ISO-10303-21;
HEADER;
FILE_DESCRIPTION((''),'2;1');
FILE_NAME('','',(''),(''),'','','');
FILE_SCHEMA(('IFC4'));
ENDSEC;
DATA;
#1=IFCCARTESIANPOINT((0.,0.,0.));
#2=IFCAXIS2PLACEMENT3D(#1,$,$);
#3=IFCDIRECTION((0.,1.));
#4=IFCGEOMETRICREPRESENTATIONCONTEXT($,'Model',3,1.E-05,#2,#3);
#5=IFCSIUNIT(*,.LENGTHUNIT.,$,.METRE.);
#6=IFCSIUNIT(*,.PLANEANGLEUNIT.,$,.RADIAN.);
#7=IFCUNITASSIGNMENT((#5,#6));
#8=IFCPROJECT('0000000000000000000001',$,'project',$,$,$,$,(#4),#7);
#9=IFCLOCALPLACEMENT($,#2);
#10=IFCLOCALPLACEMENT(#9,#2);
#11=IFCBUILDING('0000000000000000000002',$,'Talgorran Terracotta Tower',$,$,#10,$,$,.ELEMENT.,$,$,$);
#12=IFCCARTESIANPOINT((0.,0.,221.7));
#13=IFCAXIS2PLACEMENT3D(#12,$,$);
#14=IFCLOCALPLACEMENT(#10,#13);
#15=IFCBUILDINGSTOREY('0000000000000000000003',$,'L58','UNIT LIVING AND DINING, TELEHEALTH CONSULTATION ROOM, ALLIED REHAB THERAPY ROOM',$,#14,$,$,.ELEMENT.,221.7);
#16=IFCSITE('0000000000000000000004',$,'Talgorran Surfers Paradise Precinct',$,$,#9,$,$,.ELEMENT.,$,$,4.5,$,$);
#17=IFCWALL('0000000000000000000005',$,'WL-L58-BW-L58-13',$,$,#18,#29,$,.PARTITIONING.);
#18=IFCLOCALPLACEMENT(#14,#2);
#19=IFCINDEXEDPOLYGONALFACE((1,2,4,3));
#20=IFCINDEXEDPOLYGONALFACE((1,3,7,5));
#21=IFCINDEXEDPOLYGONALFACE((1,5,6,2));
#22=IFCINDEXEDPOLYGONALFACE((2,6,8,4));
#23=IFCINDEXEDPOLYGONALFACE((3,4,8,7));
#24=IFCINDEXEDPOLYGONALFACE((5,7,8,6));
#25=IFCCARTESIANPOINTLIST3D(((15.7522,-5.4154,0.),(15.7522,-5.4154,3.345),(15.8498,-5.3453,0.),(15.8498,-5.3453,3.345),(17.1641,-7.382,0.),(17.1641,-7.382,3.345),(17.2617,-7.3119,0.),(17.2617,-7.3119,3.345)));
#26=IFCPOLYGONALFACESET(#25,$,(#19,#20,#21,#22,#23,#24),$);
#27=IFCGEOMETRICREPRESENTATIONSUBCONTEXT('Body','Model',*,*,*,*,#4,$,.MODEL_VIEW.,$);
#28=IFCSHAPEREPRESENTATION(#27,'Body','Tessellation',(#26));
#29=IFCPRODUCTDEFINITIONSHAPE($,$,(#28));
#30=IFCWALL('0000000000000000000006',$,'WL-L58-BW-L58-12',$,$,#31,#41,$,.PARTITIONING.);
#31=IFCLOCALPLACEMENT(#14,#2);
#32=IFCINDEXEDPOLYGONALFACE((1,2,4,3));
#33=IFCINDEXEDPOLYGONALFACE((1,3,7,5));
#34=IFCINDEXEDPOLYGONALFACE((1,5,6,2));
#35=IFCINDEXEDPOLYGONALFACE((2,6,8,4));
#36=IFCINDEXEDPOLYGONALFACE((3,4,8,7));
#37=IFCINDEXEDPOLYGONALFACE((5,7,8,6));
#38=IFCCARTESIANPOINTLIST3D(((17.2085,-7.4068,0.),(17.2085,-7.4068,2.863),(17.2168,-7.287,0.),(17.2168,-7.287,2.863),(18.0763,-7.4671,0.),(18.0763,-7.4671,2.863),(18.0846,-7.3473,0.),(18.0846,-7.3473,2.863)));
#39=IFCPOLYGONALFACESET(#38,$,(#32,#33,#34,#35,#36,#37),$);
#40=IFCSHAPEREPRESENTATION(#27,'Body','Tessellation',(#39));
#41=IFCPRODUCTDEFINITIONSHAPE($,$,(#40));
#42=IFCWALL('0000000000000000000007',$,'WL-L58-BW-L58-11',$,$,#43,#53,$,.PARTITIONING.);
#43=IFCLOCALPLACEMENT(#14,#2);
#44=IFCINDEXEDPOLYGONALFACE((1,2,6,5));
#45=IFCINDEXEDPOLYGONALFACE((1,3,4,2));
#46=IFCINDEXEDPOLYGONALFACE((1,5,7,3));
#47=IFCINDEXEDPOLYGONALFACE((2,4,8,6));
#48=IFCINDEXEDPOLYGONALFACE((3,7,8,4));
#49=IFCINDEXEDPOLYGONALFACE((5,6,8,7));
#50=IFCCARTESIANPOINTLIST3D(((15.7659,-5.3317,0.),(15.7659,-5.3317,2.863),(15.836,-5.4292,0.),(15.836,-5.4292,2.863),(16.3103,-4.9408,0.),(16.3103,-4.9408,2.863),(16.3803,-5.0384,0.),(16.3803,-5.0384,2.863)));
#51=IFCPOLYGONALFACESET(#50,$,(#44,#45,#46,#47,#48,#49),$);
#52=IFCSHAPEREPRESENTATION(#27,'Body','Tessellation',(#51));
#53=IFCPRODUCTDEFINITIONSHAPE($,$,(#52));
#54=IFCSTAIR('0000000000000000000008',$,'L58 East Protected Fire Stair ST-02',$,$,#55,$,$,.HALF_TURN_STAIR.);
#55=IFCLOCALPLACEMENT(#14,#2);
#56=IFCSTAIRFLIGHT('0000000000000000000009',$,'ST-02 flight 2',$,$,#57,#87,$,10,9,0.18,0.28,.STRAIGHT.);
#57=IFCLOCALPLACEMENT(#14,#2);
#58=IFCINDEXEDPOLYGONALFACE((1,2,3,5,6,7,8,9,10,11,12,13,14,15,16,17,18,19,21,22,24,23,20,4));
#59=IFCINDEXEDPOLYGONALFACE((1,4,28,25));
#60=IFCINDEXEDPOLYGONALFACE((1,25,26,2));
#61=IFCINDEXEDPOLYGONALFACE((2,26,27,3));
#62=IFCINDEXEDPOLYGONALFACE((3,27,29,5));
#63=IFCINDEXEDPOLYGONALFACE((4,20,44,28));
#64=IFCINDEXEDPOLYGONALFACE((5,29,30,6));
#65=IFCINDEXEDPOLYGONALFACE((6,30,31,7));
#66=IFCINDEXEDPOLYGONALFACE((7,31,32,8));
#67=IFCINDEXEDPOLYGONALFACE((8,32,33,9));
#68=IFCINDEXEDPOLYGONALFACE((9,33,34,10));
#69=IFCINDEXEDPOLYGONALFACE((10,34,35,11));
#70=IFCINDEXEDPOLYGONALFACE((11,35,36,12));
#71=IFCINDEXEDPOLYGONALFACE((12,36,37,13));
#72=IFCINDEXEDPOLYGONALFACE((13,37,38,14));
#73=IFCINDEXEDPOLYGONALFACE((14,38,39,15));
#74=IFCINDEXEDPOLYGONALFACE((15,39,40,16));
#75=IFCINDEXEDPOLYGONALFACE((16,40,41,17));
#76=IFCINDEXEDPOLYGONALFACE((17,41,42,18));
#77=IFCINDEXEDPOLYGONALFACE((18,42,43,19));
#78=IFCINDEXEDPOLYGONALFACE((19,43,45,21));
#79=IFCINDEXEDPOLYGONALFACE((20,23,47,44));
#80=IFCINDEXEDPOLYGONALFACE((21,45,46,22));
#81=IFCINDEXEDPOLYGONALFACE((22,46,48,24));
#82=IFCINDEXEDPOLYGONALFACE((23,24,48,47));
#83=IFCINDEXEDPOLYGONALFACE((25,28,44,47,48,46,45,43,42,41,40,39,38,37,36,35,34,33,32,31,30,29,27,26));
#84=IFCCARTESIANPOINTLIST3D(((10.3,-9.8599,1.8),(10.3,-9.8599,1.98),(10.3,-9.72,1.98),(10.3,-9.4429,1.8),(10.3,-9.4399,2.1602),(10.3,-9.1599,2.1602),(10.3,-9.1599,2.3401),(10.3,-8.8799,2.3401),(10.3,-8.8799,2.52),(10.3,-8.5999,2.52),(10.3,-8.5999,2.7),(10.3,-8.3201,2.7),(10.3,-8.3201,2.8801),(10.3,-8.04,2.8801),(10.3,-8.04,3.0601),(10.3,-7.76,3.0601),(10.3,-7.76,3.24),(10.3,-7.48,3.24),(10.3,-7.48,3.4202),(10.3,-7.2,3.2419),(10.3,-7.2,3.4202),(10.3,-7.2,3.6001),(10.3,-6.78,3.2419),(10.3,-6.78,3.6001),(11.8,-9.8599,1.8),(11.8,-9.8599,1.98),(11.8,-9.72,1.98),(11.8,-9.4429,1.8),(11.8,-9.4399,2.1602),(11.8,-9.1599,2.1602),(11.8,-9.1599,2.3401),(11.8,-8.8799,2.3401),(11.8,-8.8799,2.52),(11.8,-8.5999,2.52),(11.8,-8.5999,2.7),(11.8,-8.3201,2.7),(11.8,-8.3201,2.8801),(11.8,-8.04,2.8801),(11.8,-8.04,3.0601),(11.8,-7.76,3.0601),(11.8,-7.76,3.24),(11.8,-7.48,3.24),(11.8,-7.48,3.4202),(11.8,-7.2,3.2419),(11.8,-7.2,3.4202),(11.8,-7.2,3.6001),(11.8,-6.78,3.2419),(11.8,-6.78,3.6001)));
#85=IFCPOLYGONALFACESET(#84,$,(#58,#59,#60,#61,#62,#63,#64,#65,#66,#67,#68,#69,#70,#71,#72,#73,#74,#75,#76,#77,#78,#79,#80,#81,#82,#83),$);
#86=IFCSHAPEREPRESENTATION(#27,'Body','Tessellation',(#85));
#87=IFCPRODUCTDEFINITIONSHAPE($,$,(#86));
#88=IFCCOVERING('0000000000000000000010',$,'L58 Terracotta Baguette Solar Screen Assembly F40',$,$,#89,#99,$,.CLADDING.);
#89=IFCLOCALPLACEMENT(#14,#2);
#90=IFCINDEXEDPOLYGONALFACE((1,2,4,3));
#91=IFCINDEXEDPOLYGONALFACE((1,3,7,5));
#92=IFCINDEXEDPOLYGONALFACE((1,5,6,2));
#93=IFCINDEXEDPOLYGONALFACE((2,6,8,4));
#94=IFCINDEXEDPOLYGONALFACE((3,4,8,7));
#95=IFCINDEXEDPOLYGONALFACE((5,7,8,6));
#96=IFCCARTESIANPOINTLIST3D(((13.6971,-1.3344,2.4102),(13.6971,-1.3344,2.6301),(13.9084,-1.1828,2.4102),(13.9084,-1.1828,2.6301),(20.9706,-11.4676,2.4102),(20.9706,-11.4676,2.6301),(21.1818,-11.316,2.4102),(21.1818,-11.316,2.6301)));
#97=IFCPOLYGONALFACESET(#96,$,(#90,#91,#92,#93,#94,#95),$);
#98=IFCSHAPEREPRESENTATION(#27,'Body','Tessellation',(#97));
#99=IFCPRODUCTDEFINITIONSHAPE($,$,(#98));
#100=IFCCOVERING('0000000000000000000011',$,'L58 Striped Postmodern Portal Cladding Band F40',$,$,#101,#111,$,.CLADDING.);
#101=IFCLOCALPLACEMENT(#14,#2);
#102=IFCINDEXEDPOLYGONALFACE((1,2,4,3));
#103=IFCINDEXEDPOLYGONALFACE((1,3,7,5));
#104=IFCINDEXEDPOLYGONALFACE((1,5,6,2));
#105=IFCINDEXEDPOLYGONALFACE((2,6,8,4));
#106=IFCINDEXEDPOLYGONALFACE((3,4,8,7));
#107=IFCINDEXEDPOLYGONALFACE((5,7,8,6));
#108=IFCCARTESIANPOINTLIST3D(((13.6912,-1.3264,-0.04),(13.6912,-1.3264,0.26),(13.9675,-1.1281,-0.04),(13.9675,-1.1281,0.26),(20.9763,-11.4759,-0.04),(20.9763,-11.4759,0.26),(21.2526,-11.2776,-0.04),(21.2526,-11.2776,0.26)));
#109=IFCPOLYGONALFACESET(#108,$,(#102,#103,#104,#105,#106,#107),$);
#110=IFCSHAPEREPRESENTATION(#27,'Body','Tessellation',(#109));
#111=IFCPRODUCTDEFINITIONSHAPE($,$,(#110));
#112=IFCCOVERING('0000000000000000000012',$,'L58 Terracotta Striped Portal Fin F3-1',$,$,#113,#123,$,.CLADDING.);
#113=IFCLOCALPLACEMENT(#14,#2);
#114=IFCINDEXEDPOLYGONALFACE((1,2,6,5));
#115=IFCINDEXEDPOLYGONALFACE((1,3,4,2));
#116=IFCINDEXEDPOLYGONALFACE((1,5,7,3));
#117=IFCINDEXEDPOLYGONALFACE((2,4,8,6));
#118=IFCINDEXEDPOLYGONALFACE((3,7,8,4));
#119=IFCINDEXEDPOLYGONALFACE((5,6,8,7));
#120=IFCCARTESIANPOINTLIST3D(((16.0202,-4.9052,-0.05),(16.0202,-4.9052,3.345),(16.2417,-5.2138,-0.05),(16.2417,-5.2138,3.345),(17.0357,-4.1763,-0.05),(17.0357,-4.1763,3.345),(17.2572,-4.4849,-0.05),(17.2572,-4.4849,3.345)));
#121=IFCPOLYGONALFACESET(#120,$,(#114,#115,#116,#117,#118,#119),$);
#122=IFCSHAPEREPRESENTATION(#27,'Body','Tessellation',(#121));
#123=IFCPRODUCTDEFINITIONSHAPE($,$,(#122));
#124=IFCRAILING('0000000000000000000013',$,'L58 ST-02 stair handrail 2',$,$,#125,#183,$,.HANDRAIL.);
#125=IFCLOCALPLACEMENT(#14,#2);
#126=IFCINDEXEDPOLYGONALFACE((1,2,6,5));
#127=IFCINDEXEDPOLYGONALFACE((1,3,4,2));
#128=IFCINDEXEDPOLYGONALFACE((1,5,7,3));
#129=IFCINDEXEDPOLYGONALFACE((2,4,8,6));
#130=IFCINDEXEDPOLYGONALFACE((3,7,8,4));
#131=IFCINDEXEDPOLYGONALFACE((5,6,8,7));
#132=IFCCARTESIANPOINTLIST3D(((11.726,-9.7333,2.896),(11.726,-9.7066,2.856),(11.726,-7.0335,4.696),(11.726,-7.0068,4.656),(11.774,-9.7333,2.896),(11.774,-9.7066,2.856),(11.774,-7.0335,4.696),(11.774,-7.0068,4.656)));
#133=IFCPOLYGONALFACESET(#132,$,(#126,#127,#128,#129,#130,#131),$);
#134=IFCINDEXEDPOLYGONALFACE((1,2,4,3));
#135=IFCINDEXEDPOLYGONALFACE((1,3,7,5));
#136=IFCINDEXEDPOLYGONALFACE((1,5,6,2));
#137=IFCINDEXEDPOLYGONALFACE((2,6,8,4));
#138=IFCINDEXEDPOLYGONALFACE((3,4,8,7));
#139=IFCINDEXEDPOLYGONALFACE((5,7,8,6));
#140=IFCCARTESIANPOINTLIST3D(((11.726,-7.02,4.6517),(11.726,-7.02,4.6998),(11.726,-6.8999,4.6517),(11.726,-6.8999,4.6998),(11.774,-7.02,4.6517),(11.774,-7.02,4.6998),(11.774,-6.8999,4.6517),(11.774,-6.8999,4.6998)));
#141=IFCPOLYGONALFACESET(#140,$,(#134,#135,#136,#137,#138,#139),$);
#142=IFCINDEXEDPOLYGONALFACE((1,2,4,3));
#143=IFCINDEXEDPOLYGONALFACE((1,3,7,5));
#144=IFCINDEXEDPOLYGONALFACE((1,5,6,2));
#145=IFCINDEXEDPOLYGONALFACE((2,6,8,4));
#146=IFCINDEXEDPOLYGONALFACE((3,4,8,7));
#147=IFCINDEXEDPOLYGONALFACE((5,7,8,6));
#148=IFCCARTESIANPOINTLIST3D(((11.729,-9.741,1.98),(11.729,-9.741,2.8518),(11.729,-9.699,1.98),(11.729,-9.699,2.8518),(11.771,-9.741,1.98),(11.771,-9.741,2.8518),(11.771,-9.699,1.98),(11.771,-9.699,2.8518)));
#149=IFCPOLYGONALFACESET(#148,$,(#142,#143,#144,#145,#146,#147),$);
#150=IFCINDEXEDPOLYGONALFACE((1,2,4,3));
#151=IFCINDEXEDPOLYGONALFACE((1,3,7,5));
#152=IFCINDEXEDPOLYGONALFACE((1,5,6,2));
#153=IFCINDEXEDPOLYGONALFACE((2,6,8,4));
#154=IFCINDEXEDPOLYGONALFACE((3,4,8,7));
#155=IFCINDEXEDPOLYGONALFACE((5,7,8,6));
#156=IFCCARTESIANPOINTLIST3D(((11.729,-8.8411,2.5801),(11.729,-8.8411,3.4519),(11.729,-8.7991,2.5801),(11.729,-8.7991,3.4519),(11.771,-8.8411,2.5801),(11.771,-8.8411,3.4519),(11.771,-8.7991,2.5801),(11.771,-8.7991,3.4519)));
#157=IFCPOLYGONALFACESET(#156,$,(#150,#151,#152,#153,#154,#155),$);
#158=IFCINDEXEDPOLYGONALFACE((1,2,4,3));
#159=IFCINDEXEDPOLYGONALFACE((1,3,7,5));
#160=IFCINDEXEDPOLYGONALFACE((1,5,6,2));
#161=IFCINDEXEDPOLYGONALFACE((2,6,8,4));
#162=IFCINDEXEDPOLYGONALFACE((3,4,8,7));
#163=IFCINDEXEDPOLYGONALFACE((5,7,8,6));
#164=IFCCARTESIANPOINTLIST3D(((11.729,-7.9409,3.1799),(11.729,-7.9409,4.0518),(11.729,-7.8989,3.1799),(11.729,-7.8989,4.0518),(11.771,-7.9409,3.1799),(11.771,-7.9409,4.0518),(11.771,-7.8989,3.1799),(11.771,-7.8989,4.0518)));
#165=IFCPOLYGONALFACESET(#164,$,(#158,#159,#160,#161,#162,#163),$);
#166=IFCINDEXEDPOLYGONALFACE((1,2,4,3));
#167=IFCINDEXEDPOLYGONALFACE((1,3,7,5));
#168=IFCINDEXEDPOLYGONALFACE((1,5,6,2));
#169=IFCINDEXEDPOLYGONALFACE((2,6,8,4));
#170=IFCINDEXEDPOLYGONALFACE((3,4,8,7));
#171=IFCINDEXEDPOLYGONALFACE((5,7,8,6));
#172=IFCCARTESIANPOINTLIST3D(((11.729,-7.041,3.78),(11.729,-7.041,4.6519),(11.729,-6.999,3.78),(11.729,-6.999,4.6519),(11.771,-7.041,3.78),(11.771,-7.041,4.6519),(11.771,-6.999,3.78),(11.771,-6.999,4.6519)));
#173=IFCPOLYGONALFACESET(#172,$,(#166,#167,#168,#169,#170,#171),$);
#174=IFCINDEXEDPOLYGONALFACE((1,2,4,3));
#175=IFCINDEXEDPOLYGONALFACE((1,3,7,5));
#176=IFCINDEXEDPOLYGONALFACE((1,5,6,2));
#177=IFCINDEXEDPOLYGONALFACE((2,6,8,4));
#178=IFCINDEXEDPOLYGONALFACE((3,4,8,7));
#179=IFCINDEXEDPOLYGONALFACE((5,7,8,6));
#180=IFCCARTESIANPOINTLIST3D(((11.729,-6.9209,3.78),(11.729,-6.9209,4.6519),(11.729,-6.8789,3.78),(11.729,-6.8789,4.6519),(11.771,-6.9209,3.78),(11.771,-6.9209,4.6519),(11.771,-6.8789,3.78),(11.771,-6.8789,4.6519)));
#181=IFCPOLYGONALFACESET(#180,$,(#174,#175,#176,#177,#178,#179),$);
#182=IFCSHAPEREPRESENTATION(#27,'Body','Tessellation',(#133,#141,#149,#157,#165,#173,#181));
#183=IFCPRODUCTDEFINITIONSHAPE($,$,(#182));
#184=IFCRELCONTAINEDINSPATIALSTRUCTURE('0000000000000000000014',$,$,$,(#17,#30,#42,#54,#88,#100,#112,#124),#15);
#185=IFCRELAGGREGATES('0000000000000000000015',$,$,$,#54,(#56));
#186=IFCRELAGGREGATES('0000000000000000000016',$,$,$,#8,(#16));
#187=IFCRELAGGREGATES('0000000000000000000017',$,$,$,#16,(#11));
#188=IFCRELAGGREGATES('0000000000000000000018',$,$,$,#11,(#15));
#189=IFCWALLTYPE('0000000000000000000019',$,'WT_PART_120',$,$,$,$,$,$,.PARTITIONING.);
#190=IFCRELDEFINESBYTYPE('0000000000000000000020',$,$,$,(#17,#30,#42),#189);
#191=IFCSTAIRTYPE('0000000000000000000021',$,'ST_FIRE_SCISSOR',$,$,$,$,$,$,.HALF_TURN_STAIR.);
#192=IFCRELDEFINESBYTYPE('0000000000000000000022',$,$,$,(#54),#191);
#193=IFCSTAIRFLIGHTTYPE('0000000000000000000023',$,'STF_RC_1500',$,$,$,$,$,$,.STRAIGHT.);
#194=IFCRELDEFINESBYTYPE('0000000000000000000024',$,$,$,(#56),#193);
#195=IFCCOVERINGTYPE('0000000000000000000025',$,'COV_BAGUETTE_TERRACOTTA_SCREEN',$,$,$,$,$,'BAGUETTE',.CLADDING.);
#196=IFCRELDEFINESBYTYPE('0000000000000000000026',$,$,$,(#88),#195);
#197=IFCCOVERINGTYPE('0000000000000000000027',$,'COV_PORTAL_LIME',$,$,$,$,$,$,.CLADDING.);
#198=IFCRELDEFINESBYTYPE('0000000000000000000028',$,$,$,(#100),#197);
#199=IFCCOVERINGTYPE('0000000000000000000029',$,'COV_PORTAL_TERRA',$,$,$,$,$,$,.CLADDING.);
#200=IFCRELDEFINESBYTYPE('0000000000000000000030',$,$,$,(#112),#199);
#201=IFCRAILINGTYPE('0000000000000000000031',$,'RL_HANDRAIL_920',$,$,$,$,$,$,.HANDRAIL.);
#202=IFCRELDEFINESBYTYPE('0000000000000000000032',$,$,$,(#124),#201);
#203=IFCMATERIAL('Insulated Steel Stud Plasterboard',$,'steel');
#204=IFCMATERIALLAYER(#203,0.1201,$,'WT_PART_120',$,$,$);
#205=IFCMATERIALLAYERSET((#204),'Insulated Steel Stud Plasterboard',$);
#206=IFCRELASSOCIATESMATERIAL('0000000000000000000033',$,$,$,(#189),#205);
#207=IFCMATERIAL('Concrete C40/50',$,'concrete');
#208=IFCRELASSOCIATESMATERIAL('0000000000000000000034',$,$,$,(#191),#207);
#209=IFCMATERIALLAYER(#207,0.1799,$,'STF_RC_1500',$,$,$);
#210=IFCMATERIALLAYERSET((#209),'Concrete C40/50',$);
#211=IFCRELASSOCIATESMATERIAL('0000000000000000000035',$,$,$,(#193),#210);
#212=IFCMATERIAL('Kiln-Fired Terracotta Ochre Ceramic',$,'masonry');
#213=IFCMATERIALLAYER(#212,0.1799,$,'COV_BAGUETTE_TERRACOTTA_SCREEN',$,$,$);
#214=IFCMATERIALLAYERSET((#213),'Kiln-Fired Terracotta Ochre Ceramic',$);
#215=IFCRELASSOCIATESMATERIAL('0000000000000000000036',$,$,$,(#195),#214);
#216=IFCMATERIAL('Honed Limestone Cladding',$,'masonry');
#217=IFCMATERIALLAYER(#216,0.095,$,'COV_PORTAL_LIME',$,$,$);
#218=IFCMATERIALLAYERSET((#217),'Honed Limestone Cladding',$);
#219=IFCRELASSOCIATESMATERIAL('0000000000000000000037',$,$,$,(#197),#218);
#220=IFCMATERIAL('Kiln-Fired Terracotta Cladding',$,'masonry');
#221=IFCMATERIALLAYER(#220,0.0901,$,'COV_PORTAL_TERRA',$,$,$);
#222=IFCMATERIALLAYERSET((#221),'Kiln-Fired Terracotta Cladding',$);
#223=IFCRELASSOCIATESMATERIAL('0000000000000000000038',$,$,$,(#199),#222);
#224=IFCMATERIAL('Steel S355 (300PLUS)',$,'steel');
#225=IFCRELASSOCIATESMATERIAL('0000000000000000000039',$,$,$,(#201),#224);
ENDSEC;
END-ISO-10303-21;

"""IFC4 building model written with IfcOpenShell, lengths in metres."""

from ifc_helpers import new_model, si_unit, direction, frame, frame_2d, origin, origin_2d, place, context, subcontext, project, spatial, polyline, rectangle, outline, extrude, material, layer, layer_set, type_object, element, aggregate, save


model = new_model("IFC4")

# Units and contexts
model_context = context("Model", 3, precision=1e-05, world=origin(), true_north=direction((0.0, 1.0)))
body_context = subcontext(model_context, "Body", "Model", "MODEL_VIEW")
ifc_project = project(units=[si_unit("LENGTHUNIT", "METRE"), si_unit("PLANEANGLEUNIT", "RADIAN")], contexts=[model_context])

# Site, building, storey
site_placement = place(None, origin())
site = spatial("IfcSite", under=ifc_project, at=site_placement, Name="Talgorran Surfers Paradise Precinct", CompositionType="ELEMENT", RefElevation=4.5)
building_placement = place(site_placement, origin())
building = spatial("IfcBuilding", under=site, at=building_placement, Name="Talgorran Terracotta Tower", CompositionType="ELEMENT")
storey_placement = place(building_placement, frame((0.0, 0.0, 221.7)))
storey = spatial("IfcBuildingStorey", under=building, at=storey_placement, Name="L58", Description="UNIT LIVING AND DINING, TELEHEALTH CONSULTATION ROOM, ALLIED REHAB THERAPY ROOM", CompositionType="ELEMENT", Elevation=221.7)

# Walls
ifc_material_1 = material(Name="Insulated Steel Stud Plasterboard", Category="steel")
ifc_layer_1 = layer(ifc_material_1, 0.1201, Name="WT_PART_120")
ifc_layer_set_1 = layer_set([ifc_layer_1], Name="Insulated Steel Stud Plasterboard")
wall_type = type_object("IfcWallType", Name="WT_PART_120", PredefinedType="PARTITIONING", material=ifc_layer_set_1)
wall_1_placement = place(storey_placement, frame((17.2129, -7.3469, 0.0), z_axis=(0.0, 0.0, 1.0), x_axis=(-0.583202, 0.812327, 0.0)))
element("IfcWall", 1, at=wall_1_placement, inside=storey, type_object=wall_type, Name="WL-L58-BW-L58-13", PredefinedType="PARTITIONING", context=body_context, shape_type="SweptSolid", body=[
    extrude(rectangle(XDim=2.4209, YDim=0.1201, at=frame_2d((1.2104, 0.0))), origin(), (0.0, 0.0, 1.0), 3.345),
])
wall_2_placement = place(storey_placement, frame((18.0806, -7.4072, 0.0), z_axis=(0.0, 0.0, 1.0), x_axis=(-0.997594, 0.069332, 0.0)))
element("IfcWall", 2, at=wall_2_placement, inside=storey, type_object=wall_type, Name="WL-L58-BW-L58-12", PredefinedType="PARTITIONING", context=body_context, shape_type="SweptSolid", body=[
    extrude(rectangle(XDim=0.8699, YDim=0.1201, at=frame_2d((0.4351, 0.0))), origin(), (0.0, 0.0, 1.0), 2.863),
])
wall_3_placement = place(storey_placement, frame((15.801, -5.3804, 0.0), z_axis=(0.0, 0.0, 1.0), x_axis=(0.812328, 0.583201, 0.0)))
element("IfcWall", 3, at=wall_3_placement, inside=storey, type_object=wall_type, Name="WL-L58-BW-L58-11", PredefinedType="PARTITIONING", context=body_context, shape_type="SweptSolid", body=[
    extrude(rectangle(XDim=0.6702, YDim=0.1201, at=frame_2d((0.335, 0.0))), origin(), (0.0, 0.0, 1.0), 2.863),
])

# Stair, stair flight
ifc_material_2 = material(Name="Concrete C40/50", Category="concrete")
stair_type = type_object("IfcStairType", Name="ST_FIRE_SCISSOR", PredefinedType="HALF_TURN_STAIR", material=ifc_material_2)
stair_placement = place(storey_placement, origin())
stair = element("IfcStair", 4, at=stair_placement, inside=storey, type_object=stair_type, Name="L58 East Protected Fire Stair ST-02", PredefinedType="HALF_TURN_STAIR")
ifc_layer_2 = layer(ifc_material_2, 0.1799, Name="STF_RC_1500")
ifc_layer_set_2 = layer_set([ifc_layer_2], Name="Concrete C40/50")
stair_flight_type = type_object("IfcStairFlightType", Name="STF_RC_1500", PredefinedType="STRAIGHT", material=ifc_layer_set_2)
stair_flight_placement = place(storey_placement, frame((11.05, -9.72, 1.8), z_axis=(0.0, 0.0, 1.0), x_axis=(0.0, 1.0, 0.0)))
stair_flight = element("IfcStairFlight", 5, at=stair_flight_placement, type_object=stair_flight_type, Name="ST-02 flight 2", NumberOfRisers=10, NumberOfTreads=9, PredefinedType="STRAIGHT", RiserHeight=0.18, TreadLength=0.28, context=body_context, shape_type="SweptSolid", body=[
    extrude(outline(polyline([(-0.1399, 0.0), (-0.1399, 0.1799), (0.0, 0.1799), (0.28, 0.3601), (0.5601, 0.3601), (0.5601, 0.54), (0.8401, 0.54), (0.8401, 0.72), (1.1201, 0.72), (1.1201, 0.8999), (1.3999, 0.8999), (1.3999, 1.0801), (1.6799, 1.0801), (1.6799, 1.26), (1.96, 1.26), (1.96, 1.4399), (2.24, 1.4399), (2.24, 1.6201), (2.52, 1.6201), (2.52, 1.8), (2.9399, 1.8), (2.9399, 1.4419), (2.52, 1.4419), (0.2771, 0.0), (-0.1399, 0.0)])), frame((0.0, 0.75, 0.0), z_axis=(0.0, -1.0, 0.0), x_axis=(1.0, 0.0, 0.0)), (0.0, 0.0, 1.0), 1.5),
])
aggregate(stair, [stair_flight])

# Coverings
ifc_material_3 = material(Name="Kiln-Fired Terracotta Ochre Ceramic", Category="masonry")
ifc_layer_3 = layer(ifc_material_3, 0.1799, Name="COV_BAGUETTE_TERRACOTTA_SCREEN")
ifc_layer_set_3 = layer_set([ifc_layer_3], Name="Kiln-Fired Terracotta Ochre Ceramic")
covering_type_1 = type_object("IfcCoveringType", Name="COV_BAGUETTE_TERRACOTTA_SCREEN", ElementType="BAGUETTE", PredefinedType="CLADDING", material=ifc_layer_set_3)
covering_1_placement = place(storey_placement, frame((17.4395, -6.3252, 2.4102), z_axis=(0.0, 0.0, 1.0), x_axis=(-0.583116, 0.812389, 0.0)))
element("IfcCovering", 6, at=covering_1_placement, inside=storey, type_object=covering_type_1, Name="L58 Terracotta Baguette Solar Screen Assembly F40", PredefinedType="CLADDING", context=body_context, shape_type="SweptSolid", body=[
    extrude(rectangle(XDim=12.4734, YDim=0.26, at=origin_2d()), origin(), (0.0, 0.0, 1.0), 0.22),
])
ifc_material_4 = material(Name="Honed Limestone Cladding", Category="masonry")
ifc_layer_4 = layer(ifc_material_4, 0.095, Name="COV_PORTAL_LIME")
ifc_layer_set_4 = layer_set([ifc_layer_4], Name="Honed Limestone Cladding")
covering_type_2 = type_object("IfcCoveringType", Name="COV_PORTAL_LIME", PredefinedType="CLADDING", material=ifc_layer_set_4)
covering_2_placement = place(storey_placement, frame((17.4719, -6.302, -0.04), z_axis=(0.0, 0.0, 1.0), x_axis=(-0.583116, 0.812389, 0.0)))
element("IfcCovering", 7, at=covering_2_placement, inside=storey, type_object=covering_type_2, Name="L58 Striped Postmodern Portal Cladding Band F40", PredefinedType="CLADDING", context=body_context, shape_type="SweptSolid", body=[
    extrude(rectangle(XDim=12.4934, YDim=0.3401, at=origin_2d()), origin(), (0.0, 0.0, 1.0), 0.3),
])
ifc_material_5 = material(Name="Kiln-Fired Terracotta Cladding", Category="masonry")
ifc_layer_5 = layer(ifc_material_5, 0.0901, Name="COV_PORTAL_TERRA")
ifc_layer_set_5 = layer_set([ifc_layer_5], Name="Kiln-Fired Terracotta Cladding")
covering_type_3 = type_object("IfcCoveringType", Name="COV_PORTAL_TERRA", PredefinedType="CLADDING", material=ifc_layer_set_5)
covering_3_placement = place(storey_placement, frame((16.6387, -4.6951, -0.05), z_axis=(0.0, 0.0, 1.0), x_axis=(-0.583116, 0.812389, 0.0)))
element("IfcCovering", 8, at=covering_3_placement, inside=storey, type_object=covering_type_3, Name="L58 Terracotta Striped Portal Fin F3-1", PredefinedType="CLADDING", context=body_context, shape_type="SweptSolid", body=[
    extrude(rectangle(XDim=0.3799, YDim=1.25, at=origin_2d()), origin(), (0.0, 0.0, 1.0), 3.395),
])

# Railing
ifc_material_6 = material(Name="Steel S355 (300PLUS)", Category="steel")
railing_type = type_object("IfcRailingType", Name="RL_HANDRAIL_920", PredefinedType="HANDRAIL", material=ifc_material_6)
railing_placement = place(storey_placement, frame((11.75, -9.72, 1.98)))
element("IfcRailing", 9, at=railing_placement, inside=storey, type_object=railing_type, Name="L58 ST-02 stair handrail 2", PredefinedType="HANDRAIL", context=body_context, shape_type="SweptSolid", body=[
    extrude(rectangle(XDim=0.0481, YDim=0.0481, at=origin_2d()), frame((0.0, 0.0, 0.896), z_axis=(0.0, 0.832039, 0.554718), x_axis=(-1.0, 0.0, 0.0)), (0.0, 0.0, 1.0), 3.2449),
    extrude(rectangle(XDim=0.0481, YDim=0.0481, at=origin_2d()), frame((0.0, 2.7, 2.6958), z_axis=(0.0, 1.0, 0.0), x_axis=(-1.0, 0.0, 0.0)), (0.0, 0.0, 1.0), 0.1201),
    extrude(rectangle(XDim=0.042, YDim=0.042, at=origin_2d()), origin(), (0.0, 0.0, 1.0), 0.8718),
    extrude(rectangle(XDim=0.042, YDim=0.042, at=origin_2d()), frame((0.0, 0.8999, 0.6001)), (0.0, 0.0, 1.0), 0.8718),
    extrude(rectangle(XDim=0.042, YDim=0.042, at=origin_2d()), frame((0.0, 1.8, 1.2)), (0.0, 0.0, 1.0), 0.8718),
    extrude(rectangle(XDim=0.042, YDim=0.042, at=origin_2d()), frame((0.0, 2.7, 1.8)), (0.0, 0.0, 1.0), 0.8718),
    extrude(rectangle(XDim=0.042, YDim=0.042, at=origin_2d()), frame((0.0, 2.8201, 1.8)), (0.0, 0.0, 1.0), 0.8718),
])

save(model, "model.ifc")
